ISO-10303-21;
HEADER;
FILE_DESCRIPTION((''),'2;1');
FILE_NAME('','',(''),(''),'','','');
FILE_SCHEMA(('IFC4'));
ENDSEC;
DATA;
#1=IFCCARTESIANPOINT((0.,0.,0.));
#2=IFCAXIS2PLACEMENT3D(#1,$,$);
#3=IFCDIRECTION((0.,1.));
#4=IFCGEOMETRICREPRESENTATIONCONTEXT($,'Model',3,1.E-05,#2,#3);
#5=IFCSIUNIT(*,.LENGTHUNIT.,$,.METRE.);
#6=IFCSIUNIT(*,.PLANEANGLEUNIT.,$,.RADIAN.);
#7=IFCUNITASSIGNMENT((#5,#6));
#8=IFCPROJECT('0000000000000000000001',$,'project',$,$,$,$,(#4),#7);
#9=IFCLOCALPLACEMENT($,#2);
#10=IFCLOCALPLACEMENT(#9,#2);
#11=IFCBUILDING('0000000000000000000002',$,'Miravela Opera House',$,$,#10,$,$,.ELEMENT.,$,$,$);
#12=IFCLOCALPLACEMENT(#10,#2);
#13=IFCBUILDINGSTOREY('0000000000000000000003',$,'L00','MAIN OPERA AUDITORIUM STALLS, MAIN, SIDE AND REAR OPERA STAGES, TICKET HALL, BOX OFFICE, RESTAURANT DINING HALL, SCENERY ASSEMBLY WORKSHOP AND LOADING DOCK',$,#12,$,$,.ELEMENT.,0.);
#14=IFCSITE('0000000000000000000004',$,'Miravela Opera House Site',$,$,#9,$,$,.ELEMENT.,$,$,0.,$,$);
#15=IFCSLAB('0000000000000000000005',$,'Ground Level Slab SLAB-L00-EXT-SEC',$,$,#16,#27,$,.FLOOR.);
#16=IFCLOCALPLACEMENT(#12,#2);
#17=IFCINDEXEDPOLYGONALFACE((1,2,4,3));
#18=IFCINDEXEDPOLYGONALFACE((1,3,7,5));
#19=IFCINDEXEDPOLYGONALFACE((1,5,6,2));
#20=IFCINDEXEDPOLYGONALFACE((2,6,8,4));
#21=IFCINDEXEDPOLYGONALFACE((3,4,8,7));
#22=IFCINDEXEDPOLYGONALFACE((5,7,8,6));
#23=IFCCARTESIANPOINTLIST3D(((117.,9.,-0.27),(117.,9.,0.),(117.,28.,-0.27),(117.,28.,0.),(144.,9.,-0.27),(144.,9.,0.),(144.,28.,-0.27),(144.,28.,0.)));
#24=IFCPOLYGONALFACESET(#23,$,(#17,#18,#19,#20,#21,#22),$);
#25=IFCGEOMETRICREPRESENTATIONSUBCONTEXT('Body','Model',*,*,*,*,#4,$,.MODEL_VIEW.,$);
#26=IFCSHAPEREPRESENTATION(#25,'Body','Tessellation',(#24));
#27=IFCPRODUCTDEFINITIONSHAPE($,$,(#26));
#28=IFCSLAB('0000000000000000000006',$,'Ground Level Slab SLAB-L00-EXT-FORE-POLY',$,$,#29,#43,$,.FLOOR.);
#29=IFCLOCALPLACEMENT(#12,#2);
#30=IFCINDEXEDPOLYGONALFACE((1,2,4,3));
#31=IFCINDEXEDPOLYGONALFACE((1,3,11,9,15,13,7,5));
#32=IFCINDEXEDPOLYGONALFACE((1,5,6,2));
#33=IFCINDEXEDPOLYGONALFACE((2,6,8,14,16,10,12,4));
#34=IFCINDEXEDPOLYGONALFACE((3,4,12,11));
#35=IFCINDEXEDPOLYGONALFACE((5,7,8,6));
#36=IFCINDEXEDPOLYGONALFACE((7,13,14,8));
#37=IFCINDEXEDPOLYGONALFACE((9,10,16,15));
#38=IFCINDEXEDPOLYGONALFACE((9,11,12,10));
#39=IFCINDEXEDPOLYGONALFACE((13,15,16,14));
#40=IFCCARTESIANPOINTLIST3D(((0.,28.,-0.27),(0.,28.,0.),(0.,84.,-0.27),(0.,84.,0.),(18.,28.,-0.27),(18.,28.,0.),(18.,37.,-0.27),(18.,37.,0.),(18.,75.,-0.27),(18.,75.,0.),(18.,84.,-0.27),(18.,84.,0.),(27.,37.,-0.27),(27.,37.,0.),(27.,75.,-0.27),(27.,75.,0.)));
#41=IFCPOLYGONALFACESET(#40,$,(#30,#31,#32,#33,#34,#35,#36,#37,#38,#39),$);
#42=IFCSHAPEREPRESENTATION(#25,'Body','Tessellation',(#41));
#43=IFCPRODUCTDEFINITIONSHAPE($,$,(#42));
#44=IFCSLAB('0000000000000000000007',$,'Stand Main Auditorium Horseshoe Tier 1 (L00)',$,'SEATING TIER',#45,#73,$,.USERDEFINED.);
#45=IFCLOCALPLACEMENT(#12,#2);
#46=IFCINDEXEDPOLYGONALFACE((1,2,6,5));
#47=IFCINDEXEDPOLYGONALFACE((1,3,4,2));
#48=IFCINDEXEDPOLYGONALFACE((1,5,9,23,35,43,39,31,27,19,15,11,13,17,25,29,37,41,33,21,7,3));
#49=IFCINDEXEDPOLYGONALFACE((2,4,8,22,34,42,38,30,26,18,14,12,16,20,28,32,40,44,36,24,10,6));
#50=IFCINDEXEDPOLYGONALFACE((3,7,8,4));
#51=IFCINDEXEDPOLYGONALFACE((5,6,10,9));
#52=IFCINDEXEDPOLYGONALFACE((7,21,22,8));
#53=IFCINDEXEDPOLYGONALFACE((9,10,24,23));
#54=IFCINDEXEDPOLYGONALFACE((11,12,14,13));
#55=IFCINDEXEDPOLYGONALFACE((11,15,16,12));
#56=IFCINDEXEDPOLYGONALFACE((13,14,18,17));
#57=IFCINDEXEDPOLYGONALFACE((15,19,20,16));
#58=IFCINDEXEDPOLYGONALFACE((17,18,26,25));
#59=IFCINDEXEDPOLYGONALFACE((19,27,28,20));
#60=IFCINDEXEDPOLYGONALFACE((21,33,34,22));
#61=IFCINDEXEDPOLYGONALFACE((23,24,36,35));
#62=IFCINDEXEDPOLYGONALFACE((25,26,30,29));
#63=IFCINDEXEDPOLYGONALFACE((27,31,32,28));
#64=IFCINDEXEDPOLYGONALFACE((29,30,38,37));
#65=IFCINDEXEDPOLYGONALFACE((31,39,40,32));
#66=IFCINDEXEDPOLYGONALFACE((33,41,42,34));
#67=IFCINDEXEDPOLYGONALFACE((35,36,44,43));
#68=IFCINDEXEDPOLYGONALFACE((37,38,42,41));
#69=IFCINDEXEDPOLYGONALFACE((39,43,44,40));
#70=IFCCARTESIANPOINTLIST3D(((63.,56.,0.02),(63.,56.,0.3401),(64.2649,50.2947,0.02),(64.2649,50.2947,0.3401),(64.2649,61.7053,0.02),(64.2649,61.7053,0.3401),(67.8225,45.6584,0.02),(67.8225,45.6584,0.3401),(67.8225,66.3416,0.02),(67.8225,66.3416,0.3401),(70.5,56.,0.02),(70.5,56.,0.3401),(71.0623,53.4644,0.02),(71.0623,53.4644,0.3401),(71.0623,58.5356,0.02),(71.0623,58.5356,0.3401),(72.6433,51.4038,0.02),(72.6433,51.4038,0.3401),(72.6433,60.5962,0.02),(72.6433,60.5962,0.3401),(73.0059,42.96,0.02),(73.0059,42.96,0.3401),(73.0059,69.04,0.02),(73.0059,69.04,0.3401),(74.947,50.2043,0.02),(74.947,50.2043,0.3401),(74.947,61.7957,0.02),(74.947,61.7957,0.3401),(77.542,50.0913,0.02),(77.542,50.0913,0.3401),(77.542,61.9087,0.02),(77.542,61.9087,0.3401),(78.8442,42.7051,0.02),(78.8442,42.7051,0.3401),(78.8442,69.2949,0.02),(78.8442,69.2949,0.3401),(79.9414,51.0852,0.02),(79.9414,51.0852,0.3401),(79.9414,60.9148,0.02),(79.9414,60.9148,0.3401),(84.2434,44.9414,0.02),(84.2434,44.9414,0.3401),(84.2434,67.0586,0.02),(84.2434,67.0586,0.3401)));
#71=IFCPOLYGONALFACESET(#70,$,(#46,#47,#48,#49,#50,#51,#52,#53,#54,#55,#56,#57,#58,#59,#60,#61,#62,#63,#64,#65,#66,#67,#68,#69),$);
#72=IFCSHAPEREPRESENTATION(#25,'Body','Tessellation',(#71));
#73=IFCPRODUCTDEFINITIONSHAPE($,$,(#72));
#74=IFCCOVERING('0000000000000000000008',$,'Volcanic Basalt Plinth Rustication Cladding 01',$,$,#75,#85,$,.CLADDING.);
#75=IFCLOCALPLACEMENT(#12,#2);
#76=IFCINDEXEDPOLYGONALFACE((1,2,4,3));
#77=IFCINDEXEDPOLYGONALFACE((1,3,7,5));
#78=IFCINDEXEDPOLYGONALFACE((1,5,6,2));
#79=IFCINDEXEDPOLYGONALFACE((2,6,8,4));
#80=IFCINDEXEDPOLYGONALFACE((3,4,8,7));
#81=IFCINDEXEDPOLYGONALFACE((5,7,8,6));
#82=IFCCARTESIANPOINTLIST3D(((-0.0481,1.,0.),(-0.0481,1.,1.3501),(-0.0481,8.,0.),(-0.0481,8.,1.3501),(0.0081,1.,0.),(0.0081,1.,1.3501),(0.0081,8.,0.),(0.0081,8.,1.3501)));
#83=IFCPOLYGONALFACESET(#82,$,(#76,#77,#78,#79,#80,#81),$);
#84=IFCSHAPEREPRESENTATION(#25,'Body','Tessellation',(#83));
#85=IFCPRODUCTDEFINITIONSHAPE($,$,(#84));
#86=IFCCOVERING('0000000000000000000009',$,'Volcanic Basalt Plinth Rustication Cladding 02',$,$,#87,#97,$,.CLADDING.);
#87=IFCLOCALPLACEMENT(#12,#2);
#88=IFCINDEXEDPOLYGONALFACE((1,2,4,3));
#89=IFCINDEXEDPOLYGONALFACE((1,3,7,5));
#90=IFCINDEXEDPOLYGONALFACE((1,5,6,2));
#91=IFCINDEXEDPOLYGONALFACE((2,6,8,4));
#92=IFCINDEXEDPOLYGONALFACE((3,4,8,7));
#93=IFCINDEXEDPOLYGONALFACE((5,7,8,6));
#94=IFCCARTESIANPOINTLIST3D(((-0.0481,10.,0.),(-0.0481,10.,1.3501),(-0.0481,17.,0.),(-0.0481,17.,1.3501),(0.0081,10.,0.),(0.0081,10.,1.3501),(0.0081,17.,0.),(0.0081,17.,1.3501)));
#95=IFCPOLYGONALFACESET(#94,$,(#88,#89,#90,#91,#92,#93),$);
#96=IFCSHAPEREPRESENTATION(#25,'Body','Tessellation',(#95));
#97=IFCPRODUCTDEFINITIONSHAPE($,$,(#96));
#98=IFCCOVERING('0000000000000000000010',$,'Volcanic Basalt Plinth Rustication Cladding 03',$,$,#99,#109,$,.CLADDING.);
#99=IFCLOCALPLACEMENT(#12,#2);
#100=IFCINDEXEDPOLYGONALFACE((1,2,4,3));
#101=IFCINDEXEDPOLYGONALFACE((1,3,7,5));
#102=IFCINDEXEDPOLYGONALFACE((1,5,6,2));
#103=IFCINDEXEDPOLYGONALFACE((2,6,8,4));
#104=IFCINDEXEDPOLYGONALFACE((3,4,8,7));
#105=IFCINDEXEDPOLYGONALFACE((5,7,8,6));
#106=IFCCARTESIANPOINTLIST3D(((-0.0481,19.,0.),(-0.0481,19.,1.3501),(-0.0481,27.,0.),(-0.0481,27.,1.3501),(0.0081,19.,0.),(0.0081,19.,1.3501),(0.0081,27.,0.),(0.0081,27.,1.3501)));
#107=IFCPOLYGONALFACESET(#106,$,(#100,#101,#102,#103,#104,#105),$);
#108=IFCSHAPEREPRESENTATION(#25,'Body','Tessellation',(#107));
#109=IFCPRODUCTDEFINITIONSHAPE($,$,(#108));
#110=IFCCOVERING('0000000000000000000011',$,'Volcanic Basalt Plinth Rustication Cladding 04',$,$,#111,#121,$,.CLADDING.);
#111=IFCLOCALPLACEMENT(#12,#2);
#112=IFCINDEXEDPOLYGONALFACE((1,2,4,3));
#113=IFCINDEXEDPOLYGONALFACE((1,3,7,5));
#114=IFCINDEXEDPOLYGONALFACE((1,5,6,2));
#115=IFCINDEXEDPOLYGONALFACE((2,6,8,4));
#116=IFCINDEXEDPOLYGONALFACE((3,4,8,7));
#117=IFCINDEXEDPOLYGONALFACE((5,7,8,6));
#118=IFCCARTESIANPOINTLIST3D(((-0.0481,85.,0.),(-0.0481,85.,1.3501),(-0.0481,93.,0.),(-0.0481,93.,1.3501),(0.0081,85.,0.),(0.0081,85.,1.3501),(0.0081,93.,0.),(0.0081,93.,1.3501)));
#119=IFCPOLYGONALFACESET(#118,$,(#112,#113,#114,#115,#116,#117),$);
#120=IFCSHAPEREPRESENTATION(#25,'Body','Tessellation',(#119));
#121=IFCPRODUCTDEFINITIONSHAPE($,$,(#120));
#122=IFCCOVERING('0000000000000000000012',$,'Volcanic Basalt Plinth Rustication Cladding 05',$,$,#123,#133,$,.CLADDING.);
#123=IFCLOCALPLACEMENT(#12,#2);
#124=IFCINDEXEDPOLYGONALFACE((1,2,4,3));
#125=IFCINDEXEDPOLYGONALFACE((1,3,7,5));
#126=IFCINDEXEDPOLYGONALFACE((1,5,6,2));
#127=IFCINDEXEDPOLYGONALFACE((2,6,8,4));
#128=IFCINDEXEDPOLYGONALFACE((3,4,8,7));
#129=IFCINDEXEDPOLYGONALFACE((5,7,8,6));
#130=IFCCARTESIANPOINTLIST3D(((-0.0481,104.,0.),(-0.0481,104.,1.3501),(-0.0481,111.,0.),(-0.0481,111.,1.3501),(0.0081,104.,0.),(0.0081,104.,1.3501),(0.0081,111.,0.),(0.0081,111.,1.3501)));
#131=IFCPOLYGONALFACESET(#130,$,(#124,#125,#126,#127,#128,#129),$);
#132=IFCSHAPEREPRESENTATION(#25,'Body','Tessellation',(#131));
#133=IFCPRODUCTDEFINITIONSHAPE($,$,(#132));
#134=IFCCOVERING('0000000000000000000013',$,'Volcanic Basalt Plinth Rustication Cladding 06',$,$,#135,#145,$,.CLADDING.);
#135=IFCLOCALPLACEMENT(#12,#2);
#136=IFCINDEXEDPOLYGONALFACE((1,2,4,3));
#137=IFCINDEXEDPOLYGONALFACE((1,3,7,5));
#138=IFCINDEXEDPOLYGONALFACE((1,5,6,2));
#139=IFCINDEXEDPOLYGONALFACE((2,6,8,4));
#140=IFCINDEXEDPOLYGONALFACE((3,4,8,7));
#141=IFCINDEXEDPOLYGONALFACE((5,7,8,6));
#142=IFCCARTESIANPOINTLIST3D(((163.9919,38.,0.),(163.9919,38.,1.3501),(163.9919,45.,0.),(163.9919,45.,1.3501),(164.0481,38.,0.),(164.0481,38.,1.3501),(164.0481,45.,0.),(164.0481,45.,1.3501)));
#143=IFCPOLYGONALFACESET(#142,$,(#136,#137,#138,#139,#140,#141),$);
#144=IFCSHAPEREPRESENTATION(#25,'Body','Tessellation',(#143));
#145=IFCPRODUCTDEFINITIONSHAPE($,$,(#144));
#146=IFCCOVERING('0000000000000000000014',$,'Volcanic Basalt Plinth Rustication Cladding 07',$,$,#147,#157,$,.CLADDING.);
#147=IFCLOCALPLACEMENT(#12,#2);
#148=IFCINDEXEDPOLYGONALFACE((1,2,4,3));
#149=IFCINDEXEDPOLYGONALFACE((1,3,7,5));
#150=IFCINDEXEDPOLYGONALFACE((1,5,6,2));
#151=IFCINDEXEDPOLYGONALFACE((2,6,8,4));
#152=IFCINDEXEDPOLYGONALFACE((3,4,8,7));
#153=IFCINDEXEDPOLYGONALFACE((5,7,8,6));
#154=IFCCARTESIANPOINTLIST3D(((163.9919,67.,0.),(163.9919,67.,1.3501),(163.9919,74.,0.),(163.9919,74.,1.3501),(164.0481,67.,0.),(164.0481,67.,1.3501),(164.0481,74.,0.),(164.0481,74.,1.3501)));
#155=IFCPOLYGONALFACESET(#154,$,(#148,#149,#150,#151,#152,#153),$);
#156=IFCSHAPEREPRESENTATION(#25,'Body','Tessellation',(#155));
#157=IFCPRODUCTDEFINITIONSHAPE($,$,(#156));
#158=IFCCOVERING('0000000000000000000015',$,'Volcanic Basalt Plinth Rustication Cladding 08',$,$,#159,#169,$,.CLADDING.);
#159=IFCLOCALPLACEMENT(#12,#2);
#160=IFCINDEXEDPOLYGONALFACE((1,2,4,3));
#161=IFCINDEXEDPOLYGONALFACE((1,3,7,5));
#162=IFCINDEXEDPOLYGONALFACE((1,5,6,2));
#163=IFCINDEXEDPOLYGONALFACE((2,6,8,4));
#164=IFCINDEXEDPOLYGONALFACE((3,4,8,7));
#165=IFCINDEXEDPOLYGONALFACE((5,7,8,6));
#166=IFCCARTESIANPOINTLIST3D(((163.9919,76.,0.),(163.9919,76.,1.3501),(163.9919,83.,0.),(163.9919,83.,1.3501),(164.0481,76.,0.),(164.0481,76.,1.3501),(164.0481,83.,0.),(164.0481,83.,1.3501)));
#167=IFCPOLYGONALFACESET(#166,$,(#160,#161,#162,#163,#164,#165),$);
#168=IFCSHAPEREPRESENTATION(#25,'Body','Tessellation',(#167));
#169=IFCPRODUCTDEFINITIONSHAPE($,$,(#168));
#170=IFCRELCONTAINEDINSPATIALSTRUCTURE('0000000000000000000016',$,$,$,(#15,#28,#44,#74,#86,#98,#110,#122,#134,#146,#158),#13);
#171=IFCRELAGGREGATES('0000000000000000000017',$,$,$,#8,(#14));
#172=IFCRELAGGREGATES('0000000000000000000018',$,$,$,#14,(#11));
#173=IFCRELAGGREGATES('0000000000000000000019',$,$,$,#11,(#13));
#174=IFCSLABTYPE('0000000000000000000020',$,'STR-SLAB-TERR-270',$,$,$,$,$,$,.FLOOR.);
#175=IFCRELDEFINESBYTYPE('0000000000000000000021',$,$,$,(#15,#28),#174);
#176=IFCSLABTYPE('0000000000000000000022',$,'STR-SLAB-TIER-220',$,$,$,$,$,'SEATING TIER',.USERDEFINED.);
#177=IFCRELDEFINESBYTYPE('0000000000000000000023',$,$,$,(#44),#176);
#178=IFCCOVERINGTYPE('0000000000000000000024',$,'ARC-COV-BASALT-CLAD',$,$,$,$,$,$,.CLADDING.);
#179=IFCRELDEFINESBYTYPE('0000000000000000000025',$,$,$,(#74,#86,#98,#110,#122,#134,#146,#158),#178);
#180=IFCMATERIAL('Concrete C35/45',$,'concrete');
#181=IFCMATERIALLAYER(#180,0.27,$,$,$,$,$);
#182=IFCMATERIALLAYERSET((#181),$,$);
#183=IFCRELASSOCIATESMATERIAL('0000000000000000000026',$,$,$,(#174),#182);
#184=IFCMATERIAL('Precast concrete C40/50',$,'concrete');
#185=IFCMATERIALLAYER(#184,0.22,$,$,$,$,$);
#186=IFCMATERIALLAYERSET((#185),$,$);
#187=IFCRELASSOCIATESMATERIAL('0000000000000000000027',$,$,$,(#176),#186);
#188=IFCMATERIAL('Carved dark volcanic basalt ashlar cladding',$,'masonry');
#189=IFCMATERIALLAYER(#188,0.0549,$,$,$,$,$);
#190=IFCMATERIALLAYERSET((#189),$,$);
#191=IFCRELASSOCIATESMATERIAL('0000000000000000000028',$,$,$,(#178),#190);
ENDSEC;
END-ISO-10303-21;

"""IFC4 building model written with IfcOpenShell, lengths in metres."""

from ifc_helpers import new_model, si_unit, direction, frame, origin, place, context, subcontext, project, spatial, polyline, outline, extrude, material, layer, layer_set, type_object, element, save


model = new_model("IFC4")

# Units and contexts
model_context = context("Model", 3, precision=1e-05, world=origin(), true_north=direction((0.0, 1.0)))
body_context = subcontext(model_context, "Body", "Model", "MODEL_VIEW")
ifc_project = project(units=[si_unit("LENGTHUNIT", "METRE"), si_unit("PLANEANGLEUNIT", "RADIAN")], contexts=[model_context])

# Site, building, storey
site_placement = place(None, origin())
site = spatial("IfcSite", under=ifc_project, at=site_placement, Name="Miravela Opera House Site", CompositionType="ELEMENT", RefElevation=0.0)
building_placement = place(site_placement, origin())
building = spatial("IfcBuilding", under=site, at=building_placement, Name="Miravela Opera House", CompositionType="ELEMENT")
storey_placement = place(building_placement, origin())
storey = spatial("IfcBuildingStorey", under=building, at=storey_placement, Name="L00", Description="MAIN OPERA AUDITORIUM STALLS, MAIN, SIDE AND REAR OPERA STAGES, TICKET HALL, BOX OFFICE, RESTAURANT DINING HALL, SCENERY ASSEMBLY WORKSHOP AND LOADING DOCK", CompositionType="ELEMENT", Elevation=0.0)

# Shared definitions
ifc_material_1 = material(Name="Concrete C35/45", Category="concrete")

# Slabs
ifc_material_2 = material(Name="Precast concrete C40/50", Category="concrete")
ifc_layer_1 = layer(ifc_material_1, 0.27)
ifc_layer_set_1 = layer_set([ifc_layer_1])
slab_type_1 = type_object("IfcSlabType", Name="STR-SLAB-TERR-270", PredefinedType="FLOOR", material=ifc_layer_set_1)
slab_1_placement = place(storey_placement, frame((0.0, 0.0, -0.27)))
element("IfcSlab", 1, at=slab_1_placement, inside=storey, type_object=slab_type_1, Name="Ground Level Slab SLAB-L00-EXT-SEC", PredefinedType="FLOOR", context=body_context, shape_type="SweptSolid", body=[
    extrude(outline(polyline([(117.0, 9.0), (144.0, 9.0), (144.0, 28.0), (117.0, 28.0), (117.0, 9.0)])), origin(), (0.0, 0.0, 1.0), 0.27),
])
slab_2_placement = place(storey_placement, frame((0.0, 0.0, -0.27)))
element("IfcSlab", 2, at=slab_2_placement, inside=storey, type_object=slab_type_1, Name="Ground Level Slab SLAB-L00-EXT-FORE-POLY", PredefinedType="FLOOR", context=body_context, shape_type="SweptSolid", body=[
    extrude(outline(polyline([(0.0, 28.0), (18.0, 28.0), (18.0, 37.0), (27.0, 37.0), (27.0, 75.0), (18.0, 75.0), (18.0, 84.0), (0.0, 84.0), (0.0, 28.0)])), origin(), (0.0, 0.0, 1.0), 0.27),
])
ifc_layer_2 = layer(ifc_material_2, 0.22)
ifc_layer_set_2 = layer_set([ifc_layer_2])
slab_type_2 = type_object("IfcSlabType", Name="STR-SLAB-TIER-220", ElementType="SEATING TIER", PredefinedType="USERDEFINED", material=ifc_layer_set_2)
slab_3_placement = place(storey_placement, frame((0.0, 0.0, 0.02)))
element("IfcSlab", 3, at=slab_3_placement, inside=storey, type_object=slab_type_2, Name="Stand Main Auditorium Horseshoe Tier 1 (L00)", ObjectType="SEATING TIER", PredefinedType="USERDEFINED", context=body_context, shape_type="SweptSolid", body=[
    extrude(outline(polyline([(84.2434, 67.0586), (78.8442, 69.2949), (73.0059, 69.04), (67.8225, 66.3416), (64.2649, 61.7053), (63.0, 56.0), (64.2649, 50.2947), (67.8225, 45.6584), (73.0059, 42.96), (78.8442, 42.7051), (84.2434, 44.9414), (79.9414, 51.0852), (77.542, 50.0913), (74.947, 50.2043), (72.6433, 51.4038), (71.0623, 53.4644), (70.5, 56.0), (71.0623, 58.5356), (72.6433, 60.5962), (74.947, 61.7957), (77.542, 61.9087), (79.9414, 60.9148), (84.2434, 67.0586)])), origin(), (0.0, 0.0, 1.0), 0.3201),
])

# Coverings
ifc_material_3 = material(Name="Carved dark volcanic basalt ashlar cladding", Category="masonry")
ifc_layer_3 = layer(ifc_material_3, 0.0549)
ifc_layer_set_3 = layer_set([ifc_layer_3])
covering_type = type_object("IfcCoveringType", Name="ARC-COV-BASALT-CLAD", PredefinedType="CLADDING", material=ifc_layer_set_3)
covering_1_placement = place(storey_placement, origin())
element("IfcCovering", 4, at=covering_1_placement, inside=storey, type_object=covering_type, Name="Volcanic Basalt Plinth Rustication Cladding 01", PredefinedType="CLADDING", context=body_context, shape_type="SweptSolid", body=[
    extrude(outline(polyline([(-0.0481, 1.0), (0.0081, 1.0), (0.0081, 8.0), (-0.0481, 8.0), (-0.0481, 1.0)])), origin(), (0.0, 0.0, 1.0), 1.3501),
])
covering_2_placement = place(storey_placement, origin())
element("IfcCovering", 5, at=covering_2_placement, inside=storey, type_object=covering_type, Name="Volcanic Basalt Plinth Rustication Cladding 02", PredefinedType="CLADDING", context=body_context, shape_type="SweptSolid", body=[
    extrude(outline(polyline([(-0.0481, 10.0), (0.0081, 10.0), (0.0081, 17.0), (-0.0481, 17.0), (-0.0481, 10.0)])), origin(), (0.0, 0.0, 1.0), 1.3501),
])
covering_3_placement = place(storey_placement, origin())
element("IfcCovering", 6, at=covering_3_placement, inside=storey, type_object=covering_type, Name="Volcanic Basalt Plinth Rustication Cladding 03", PredefinedType="CLADDING", context=body_context, shape_type="SweptSolid", body=[
    extrude(outline(polyline([(-0.0481, 19.0), (0.0081, 19.0), (0.0081, 27.0), (-0.0481, 27.0), (-0.0481, 19.0)])), origin(), (0.0, 0.0, 1.0), 1.3501),
])
covering_4_placement = place(storey_placement, origin())
element("IfcCovering", 7, at=covering_4_placement, inside=storey, type_object=covering_type, Name="Volcanic Basalt Plinth Rustication Cladding 04", PredefinedType="CLADDING", context=body_context, shape_type="SweptSolid", body=[
    extrude(outline(polyline([(-0.0481, 85.0), (0.0081, 85.0), (0.0081, 93.0), (-0.0481, 93.0), (-0.0481, 85.0)])), origin(), (0.0, 0.0, 1.0), 1.3501),
])
covering_5_placement = place(storey_placement, origin())
element("IfcCovering", 8, at=covering_5_placement, inside=storey, type_object=covering_type, Name="Volcanic Basalt Plinth Rustication Cladding 05", PredefinedType="CLADDING", context=body_context, shape_type="SweptSolid", body=[
    extrude(outline(polyline([(-0.0481, 104.0), (0.0081, 104.0), (0.0081, 111.0), (-0.0481, 111.0), (-0.0481, 104.0)])), origin(), (0.0, 0.0, 1.0), 1.3501),
])
covering_6_placement = place(storey_placement, origin())
element("IfcCovering", 9, at=covering_6_placement, inside=storey, type_object=covering_type, Name="Volcanic Basalt Plinth Rustication Cladding 06", PredefinedType="CLADDING", context=body_context, shape_type="SweptSolid", body=[
    extrude(outline(polyline([(163.9919, 38.0), (164.0481, 38.0), (164.0481, 45.0), (163.9919, 45.0), (163.9919, 38.0)])), origin(), (0.0, 0.0, 1.0), 1.3501),
])
covering_7_placement = place(storey_placement, origin())
element("IfcCovering", 10, at=covering_7_placement, inside=storey, type_object=covering_type, Name="Volcanic Basalt Plinth Rustication Cladding 07", PredefinedType="CLADDING", context=body_context, shape_type="SweptSolid", body=[
    extrude(outline(polyline([(163.9919, 67.0), (164.0481, 67.0), (164.0481, 74.0), (163.9919, 74.0), (163.9919, 67.0)])), origin(), (0.0, 0.0, 1.0), 1.3501),
])
covering_8_placement = place(storey_placement, origin())
element("IfcCovering", 11, at=covering_8_placement, inside=storey, type_object=covering_type, Name="Volcanic Basalt Plinth Rustication Cladding 08", PredefinedType="CLADDING", context=body_context, shape_type="SweptSolid", body=[
    extrude(outline(polyline([(163.9919, 76.0), (164.0481, 76.0), (164.0481, 83.0), (163.9919, 83.0), (163.9919, 76.0)])), origin(), (0.0, 0.0, 1.0), 1.3501),
])

save(model, "model.ifc")
